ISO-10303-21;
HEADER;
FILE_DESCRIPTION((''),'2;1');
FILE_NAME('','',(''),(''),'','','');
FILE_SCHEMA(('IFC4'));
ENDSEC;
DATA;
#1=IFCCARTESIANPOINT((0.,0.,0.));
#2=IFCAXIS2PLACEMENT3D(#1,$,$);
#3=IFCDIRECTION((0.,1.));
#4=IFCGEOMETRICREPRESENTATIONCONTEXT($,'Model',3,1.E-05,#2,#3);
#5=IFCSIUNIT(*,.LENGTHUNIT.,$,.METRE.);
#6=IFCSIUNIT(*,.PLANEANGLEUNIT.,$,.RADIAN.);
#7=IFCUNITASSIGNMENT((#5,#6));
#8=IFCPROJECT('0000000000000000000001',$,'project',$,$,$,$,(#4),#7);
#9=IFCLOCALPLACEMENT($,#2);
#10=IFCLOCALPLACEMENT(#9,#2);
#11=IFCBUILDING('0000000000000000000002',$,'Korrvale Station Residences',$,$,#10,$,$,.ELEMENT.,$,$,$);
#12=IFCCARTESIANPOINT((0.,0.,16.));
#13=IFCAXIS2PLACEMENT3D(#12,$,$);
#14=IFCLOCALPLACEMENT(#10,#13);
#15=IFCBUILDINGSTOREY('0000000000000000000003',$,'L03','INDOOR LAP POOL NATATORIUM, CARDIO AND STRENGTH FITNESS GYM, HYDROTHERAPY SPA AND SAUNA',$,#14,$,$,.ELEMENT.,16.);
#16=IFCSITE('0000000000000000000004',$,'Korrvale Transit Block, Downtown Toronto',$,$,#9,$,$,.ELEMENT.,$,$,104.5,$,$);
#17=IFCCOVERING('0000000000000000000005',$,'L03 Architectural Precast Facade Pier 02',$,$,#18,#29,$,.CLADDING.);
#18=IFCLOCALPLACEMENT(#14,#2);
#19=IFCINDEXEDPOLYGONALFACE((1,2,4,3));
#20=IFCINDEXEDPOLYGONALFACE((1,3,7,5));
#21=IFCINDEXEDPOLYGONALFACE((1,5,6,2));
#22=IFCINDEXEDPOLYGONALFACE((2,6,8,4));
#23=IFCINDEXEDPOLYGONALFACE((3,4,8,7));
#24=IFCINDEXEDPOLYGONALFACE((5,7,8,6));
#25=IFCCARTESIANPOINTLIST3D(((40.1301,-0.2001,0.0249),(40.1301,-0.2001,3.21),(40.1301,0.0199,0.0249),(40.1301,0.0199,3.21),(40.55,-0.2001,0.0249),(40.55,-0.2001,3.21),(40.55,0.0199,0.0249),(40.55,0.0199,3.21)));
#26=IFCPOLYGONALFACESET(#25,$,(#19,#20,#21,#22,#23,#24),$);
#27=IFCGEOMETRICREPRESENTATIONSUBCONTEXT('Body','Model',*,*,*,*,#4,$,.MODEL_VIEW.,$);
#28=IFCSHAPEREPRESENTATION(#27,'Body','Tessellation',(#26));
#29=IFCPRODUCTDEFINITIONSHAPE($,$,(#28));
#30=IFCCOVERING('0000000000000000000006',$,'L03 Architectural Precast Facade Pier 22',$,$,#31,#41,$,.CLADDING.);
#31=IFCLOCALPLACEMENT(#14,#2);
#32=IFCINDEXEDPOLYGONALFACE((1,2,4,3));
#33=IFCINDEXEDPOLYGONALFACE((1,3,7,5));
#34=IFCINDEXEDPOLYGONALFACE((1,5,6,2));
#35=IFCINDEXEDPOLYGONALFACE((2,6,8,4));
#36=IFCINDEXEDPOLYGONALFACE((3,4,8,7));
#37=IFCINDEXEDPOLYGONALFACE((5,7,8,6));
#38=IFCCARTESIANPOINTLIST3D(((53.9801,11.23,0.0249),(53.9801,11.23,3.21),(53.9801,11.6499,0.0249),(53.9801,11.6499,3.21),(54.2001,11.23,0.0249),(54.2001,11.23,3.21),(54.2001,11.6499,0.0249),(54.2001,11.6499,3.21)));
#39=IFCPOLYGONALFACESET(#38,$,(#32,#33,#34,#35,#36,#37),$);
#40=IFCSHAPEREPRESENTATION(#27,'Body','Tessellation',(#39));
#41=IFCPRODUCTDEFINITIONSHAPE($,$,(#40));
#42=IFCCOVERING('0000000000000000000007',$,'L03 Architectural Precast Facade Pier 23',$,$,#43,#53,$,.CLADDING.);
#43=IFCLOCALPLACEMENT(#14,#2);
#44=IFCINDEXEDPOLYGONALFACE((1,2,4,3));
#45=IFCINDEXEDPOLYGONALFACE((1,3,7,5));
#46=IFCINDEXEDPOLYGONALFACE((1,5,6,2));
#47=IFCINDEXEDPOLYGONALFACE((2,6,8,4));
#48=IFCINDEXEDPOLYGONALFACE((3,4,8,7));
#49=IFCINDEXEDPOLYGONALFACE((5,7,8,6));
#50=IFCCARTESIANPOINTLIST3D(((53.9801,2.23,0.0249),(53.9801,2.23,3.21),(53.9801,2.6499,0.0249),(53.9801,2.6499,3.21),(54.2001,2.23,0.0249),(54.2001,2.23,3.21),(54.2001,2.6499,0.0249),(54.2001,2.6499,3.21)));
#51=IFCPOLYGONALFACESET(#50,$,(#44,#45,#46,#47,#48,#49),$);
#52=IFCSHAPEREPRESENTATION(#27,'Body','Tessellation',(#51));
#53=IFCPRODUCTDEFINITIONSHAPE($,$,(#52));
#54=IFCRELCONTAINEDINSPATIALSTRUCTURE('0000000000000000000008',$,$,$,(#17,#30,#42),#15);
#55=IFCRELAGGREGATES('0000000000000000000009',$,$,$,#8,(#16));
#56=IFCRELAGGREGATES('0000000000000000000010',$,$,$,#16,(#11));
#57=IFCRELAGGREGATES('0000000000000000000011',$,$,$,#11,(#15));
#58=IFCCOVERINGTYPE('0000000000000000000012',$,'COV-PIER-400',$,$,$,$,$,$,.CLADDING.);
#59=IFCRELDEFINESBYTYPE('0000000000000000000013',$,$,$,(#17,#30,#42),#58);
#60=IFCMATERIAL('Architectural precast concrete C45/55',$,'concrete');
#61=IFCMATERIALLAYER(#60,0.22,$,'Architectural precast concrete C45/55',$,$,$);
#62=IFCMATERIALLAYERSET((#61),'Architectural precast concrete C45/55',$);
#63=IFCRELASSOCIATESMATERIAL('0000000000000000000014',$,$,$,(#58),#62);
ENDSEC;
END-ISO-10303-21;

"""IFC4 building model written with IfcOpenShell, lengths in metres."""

from ifc_helpers import new_model, si_unit, direction, frame, origin, origin_2d, place, context, subcontext, project, spatial, rectangle, extrude, material, layer, layer_set, type_object, element, save


model = new_model("IFC4")

# Units and contexts
model_context = context("Model", 3, precision=1e-05, world=origin(), true_north=direction((0.0, 1.0)))
body_context = subcontext(model_context, "Body", "Model", "MODEL_VIEW")
ifc_project = project(units=[si_unit("LENGTHUNIT", "METRE"), si_unit("PLANEANGLEUNIT", "RADIAN")], contexts=[model_context])

# Site, building, storey
site_placement = place(None, origin())
site = spatial("IfcSite", under=ifc_project, at=site_placement, Name="Korrvale Transit Block, Downtown Toronto", CompositionType="ELEMENT", RefElevation=104.5)
building_placement = place(site_placement, origin())
building = spatial("IfcBuilding", under=site, at=building_placement, Name="Korrvale Station Residences", CompositionType="ELEMENT")
storey_placement = place(building_placement, frame((0.0, 0.0, 16.0)))
storey = spatial("IfcBuildingStorey", under=building, at=storey_placement, Name="L03", Description="INDOOR LAP POOL NATATORIUM, CARDIO AND STRENGTH FITNESS GYM, HYDROTHERAPY SPA AND SAUNA", CompositionType="ELEMENT", Elevation=16.0)

# Coverings
ifc_material_1 = material(Name="Architectural precast concrete C45/55", Category="concrete")
ifc_layer_1 = layer(ifc_material_1, 0.22, Name="Architectural precast concrete C45/55")
ifc_layer_set_1 = layer_set([ifc_layer_1], Name="Architectural precast concrete C45/55")
covering_type = type_object("IfcCoveringType", Name="COV-PIER-400", PredefinedType="CLADDING", material=ifc_layer_set_1)
for number, where, z_axis, x_axis, name in (
    (1, (40.3401, -0.0901, 0.0249), (0.0, 0.0, 1.0), (1.0, 0.0, 0.0), "L03 Architectural Precast Facade Pier 02"),
    (2, (54.0901, 11.4399, 0.0249), (0.0, 0.0, 1.0), (0.0, 1.0, 0.0), "L03 Architectural Precast Facade Pier 22"),
    (3, (54.0901, 2.4399, 0.0249), (0.0, 0.0, 1.0), (0.0, 1.0, 0.0), "L03 Architectural Precast Facade Pier 23"),
):
    element("IfcCovering", number, at=place(storey_placement, frame(where, z_axis=z_axis, x_axis=x_axis)), inside=storey, type_object=covering_type, Name=name, PredefinedType="CLADDING", context=body_context, shape_type="SweptSolid", body=[
        extrude(rectangle(XDim=0.4199, YDim=0.22, at=origin_2d()), origin(), (0.0, 0.0, 1.0), 3.1851),
    ])

save(model, "model.ifc")
